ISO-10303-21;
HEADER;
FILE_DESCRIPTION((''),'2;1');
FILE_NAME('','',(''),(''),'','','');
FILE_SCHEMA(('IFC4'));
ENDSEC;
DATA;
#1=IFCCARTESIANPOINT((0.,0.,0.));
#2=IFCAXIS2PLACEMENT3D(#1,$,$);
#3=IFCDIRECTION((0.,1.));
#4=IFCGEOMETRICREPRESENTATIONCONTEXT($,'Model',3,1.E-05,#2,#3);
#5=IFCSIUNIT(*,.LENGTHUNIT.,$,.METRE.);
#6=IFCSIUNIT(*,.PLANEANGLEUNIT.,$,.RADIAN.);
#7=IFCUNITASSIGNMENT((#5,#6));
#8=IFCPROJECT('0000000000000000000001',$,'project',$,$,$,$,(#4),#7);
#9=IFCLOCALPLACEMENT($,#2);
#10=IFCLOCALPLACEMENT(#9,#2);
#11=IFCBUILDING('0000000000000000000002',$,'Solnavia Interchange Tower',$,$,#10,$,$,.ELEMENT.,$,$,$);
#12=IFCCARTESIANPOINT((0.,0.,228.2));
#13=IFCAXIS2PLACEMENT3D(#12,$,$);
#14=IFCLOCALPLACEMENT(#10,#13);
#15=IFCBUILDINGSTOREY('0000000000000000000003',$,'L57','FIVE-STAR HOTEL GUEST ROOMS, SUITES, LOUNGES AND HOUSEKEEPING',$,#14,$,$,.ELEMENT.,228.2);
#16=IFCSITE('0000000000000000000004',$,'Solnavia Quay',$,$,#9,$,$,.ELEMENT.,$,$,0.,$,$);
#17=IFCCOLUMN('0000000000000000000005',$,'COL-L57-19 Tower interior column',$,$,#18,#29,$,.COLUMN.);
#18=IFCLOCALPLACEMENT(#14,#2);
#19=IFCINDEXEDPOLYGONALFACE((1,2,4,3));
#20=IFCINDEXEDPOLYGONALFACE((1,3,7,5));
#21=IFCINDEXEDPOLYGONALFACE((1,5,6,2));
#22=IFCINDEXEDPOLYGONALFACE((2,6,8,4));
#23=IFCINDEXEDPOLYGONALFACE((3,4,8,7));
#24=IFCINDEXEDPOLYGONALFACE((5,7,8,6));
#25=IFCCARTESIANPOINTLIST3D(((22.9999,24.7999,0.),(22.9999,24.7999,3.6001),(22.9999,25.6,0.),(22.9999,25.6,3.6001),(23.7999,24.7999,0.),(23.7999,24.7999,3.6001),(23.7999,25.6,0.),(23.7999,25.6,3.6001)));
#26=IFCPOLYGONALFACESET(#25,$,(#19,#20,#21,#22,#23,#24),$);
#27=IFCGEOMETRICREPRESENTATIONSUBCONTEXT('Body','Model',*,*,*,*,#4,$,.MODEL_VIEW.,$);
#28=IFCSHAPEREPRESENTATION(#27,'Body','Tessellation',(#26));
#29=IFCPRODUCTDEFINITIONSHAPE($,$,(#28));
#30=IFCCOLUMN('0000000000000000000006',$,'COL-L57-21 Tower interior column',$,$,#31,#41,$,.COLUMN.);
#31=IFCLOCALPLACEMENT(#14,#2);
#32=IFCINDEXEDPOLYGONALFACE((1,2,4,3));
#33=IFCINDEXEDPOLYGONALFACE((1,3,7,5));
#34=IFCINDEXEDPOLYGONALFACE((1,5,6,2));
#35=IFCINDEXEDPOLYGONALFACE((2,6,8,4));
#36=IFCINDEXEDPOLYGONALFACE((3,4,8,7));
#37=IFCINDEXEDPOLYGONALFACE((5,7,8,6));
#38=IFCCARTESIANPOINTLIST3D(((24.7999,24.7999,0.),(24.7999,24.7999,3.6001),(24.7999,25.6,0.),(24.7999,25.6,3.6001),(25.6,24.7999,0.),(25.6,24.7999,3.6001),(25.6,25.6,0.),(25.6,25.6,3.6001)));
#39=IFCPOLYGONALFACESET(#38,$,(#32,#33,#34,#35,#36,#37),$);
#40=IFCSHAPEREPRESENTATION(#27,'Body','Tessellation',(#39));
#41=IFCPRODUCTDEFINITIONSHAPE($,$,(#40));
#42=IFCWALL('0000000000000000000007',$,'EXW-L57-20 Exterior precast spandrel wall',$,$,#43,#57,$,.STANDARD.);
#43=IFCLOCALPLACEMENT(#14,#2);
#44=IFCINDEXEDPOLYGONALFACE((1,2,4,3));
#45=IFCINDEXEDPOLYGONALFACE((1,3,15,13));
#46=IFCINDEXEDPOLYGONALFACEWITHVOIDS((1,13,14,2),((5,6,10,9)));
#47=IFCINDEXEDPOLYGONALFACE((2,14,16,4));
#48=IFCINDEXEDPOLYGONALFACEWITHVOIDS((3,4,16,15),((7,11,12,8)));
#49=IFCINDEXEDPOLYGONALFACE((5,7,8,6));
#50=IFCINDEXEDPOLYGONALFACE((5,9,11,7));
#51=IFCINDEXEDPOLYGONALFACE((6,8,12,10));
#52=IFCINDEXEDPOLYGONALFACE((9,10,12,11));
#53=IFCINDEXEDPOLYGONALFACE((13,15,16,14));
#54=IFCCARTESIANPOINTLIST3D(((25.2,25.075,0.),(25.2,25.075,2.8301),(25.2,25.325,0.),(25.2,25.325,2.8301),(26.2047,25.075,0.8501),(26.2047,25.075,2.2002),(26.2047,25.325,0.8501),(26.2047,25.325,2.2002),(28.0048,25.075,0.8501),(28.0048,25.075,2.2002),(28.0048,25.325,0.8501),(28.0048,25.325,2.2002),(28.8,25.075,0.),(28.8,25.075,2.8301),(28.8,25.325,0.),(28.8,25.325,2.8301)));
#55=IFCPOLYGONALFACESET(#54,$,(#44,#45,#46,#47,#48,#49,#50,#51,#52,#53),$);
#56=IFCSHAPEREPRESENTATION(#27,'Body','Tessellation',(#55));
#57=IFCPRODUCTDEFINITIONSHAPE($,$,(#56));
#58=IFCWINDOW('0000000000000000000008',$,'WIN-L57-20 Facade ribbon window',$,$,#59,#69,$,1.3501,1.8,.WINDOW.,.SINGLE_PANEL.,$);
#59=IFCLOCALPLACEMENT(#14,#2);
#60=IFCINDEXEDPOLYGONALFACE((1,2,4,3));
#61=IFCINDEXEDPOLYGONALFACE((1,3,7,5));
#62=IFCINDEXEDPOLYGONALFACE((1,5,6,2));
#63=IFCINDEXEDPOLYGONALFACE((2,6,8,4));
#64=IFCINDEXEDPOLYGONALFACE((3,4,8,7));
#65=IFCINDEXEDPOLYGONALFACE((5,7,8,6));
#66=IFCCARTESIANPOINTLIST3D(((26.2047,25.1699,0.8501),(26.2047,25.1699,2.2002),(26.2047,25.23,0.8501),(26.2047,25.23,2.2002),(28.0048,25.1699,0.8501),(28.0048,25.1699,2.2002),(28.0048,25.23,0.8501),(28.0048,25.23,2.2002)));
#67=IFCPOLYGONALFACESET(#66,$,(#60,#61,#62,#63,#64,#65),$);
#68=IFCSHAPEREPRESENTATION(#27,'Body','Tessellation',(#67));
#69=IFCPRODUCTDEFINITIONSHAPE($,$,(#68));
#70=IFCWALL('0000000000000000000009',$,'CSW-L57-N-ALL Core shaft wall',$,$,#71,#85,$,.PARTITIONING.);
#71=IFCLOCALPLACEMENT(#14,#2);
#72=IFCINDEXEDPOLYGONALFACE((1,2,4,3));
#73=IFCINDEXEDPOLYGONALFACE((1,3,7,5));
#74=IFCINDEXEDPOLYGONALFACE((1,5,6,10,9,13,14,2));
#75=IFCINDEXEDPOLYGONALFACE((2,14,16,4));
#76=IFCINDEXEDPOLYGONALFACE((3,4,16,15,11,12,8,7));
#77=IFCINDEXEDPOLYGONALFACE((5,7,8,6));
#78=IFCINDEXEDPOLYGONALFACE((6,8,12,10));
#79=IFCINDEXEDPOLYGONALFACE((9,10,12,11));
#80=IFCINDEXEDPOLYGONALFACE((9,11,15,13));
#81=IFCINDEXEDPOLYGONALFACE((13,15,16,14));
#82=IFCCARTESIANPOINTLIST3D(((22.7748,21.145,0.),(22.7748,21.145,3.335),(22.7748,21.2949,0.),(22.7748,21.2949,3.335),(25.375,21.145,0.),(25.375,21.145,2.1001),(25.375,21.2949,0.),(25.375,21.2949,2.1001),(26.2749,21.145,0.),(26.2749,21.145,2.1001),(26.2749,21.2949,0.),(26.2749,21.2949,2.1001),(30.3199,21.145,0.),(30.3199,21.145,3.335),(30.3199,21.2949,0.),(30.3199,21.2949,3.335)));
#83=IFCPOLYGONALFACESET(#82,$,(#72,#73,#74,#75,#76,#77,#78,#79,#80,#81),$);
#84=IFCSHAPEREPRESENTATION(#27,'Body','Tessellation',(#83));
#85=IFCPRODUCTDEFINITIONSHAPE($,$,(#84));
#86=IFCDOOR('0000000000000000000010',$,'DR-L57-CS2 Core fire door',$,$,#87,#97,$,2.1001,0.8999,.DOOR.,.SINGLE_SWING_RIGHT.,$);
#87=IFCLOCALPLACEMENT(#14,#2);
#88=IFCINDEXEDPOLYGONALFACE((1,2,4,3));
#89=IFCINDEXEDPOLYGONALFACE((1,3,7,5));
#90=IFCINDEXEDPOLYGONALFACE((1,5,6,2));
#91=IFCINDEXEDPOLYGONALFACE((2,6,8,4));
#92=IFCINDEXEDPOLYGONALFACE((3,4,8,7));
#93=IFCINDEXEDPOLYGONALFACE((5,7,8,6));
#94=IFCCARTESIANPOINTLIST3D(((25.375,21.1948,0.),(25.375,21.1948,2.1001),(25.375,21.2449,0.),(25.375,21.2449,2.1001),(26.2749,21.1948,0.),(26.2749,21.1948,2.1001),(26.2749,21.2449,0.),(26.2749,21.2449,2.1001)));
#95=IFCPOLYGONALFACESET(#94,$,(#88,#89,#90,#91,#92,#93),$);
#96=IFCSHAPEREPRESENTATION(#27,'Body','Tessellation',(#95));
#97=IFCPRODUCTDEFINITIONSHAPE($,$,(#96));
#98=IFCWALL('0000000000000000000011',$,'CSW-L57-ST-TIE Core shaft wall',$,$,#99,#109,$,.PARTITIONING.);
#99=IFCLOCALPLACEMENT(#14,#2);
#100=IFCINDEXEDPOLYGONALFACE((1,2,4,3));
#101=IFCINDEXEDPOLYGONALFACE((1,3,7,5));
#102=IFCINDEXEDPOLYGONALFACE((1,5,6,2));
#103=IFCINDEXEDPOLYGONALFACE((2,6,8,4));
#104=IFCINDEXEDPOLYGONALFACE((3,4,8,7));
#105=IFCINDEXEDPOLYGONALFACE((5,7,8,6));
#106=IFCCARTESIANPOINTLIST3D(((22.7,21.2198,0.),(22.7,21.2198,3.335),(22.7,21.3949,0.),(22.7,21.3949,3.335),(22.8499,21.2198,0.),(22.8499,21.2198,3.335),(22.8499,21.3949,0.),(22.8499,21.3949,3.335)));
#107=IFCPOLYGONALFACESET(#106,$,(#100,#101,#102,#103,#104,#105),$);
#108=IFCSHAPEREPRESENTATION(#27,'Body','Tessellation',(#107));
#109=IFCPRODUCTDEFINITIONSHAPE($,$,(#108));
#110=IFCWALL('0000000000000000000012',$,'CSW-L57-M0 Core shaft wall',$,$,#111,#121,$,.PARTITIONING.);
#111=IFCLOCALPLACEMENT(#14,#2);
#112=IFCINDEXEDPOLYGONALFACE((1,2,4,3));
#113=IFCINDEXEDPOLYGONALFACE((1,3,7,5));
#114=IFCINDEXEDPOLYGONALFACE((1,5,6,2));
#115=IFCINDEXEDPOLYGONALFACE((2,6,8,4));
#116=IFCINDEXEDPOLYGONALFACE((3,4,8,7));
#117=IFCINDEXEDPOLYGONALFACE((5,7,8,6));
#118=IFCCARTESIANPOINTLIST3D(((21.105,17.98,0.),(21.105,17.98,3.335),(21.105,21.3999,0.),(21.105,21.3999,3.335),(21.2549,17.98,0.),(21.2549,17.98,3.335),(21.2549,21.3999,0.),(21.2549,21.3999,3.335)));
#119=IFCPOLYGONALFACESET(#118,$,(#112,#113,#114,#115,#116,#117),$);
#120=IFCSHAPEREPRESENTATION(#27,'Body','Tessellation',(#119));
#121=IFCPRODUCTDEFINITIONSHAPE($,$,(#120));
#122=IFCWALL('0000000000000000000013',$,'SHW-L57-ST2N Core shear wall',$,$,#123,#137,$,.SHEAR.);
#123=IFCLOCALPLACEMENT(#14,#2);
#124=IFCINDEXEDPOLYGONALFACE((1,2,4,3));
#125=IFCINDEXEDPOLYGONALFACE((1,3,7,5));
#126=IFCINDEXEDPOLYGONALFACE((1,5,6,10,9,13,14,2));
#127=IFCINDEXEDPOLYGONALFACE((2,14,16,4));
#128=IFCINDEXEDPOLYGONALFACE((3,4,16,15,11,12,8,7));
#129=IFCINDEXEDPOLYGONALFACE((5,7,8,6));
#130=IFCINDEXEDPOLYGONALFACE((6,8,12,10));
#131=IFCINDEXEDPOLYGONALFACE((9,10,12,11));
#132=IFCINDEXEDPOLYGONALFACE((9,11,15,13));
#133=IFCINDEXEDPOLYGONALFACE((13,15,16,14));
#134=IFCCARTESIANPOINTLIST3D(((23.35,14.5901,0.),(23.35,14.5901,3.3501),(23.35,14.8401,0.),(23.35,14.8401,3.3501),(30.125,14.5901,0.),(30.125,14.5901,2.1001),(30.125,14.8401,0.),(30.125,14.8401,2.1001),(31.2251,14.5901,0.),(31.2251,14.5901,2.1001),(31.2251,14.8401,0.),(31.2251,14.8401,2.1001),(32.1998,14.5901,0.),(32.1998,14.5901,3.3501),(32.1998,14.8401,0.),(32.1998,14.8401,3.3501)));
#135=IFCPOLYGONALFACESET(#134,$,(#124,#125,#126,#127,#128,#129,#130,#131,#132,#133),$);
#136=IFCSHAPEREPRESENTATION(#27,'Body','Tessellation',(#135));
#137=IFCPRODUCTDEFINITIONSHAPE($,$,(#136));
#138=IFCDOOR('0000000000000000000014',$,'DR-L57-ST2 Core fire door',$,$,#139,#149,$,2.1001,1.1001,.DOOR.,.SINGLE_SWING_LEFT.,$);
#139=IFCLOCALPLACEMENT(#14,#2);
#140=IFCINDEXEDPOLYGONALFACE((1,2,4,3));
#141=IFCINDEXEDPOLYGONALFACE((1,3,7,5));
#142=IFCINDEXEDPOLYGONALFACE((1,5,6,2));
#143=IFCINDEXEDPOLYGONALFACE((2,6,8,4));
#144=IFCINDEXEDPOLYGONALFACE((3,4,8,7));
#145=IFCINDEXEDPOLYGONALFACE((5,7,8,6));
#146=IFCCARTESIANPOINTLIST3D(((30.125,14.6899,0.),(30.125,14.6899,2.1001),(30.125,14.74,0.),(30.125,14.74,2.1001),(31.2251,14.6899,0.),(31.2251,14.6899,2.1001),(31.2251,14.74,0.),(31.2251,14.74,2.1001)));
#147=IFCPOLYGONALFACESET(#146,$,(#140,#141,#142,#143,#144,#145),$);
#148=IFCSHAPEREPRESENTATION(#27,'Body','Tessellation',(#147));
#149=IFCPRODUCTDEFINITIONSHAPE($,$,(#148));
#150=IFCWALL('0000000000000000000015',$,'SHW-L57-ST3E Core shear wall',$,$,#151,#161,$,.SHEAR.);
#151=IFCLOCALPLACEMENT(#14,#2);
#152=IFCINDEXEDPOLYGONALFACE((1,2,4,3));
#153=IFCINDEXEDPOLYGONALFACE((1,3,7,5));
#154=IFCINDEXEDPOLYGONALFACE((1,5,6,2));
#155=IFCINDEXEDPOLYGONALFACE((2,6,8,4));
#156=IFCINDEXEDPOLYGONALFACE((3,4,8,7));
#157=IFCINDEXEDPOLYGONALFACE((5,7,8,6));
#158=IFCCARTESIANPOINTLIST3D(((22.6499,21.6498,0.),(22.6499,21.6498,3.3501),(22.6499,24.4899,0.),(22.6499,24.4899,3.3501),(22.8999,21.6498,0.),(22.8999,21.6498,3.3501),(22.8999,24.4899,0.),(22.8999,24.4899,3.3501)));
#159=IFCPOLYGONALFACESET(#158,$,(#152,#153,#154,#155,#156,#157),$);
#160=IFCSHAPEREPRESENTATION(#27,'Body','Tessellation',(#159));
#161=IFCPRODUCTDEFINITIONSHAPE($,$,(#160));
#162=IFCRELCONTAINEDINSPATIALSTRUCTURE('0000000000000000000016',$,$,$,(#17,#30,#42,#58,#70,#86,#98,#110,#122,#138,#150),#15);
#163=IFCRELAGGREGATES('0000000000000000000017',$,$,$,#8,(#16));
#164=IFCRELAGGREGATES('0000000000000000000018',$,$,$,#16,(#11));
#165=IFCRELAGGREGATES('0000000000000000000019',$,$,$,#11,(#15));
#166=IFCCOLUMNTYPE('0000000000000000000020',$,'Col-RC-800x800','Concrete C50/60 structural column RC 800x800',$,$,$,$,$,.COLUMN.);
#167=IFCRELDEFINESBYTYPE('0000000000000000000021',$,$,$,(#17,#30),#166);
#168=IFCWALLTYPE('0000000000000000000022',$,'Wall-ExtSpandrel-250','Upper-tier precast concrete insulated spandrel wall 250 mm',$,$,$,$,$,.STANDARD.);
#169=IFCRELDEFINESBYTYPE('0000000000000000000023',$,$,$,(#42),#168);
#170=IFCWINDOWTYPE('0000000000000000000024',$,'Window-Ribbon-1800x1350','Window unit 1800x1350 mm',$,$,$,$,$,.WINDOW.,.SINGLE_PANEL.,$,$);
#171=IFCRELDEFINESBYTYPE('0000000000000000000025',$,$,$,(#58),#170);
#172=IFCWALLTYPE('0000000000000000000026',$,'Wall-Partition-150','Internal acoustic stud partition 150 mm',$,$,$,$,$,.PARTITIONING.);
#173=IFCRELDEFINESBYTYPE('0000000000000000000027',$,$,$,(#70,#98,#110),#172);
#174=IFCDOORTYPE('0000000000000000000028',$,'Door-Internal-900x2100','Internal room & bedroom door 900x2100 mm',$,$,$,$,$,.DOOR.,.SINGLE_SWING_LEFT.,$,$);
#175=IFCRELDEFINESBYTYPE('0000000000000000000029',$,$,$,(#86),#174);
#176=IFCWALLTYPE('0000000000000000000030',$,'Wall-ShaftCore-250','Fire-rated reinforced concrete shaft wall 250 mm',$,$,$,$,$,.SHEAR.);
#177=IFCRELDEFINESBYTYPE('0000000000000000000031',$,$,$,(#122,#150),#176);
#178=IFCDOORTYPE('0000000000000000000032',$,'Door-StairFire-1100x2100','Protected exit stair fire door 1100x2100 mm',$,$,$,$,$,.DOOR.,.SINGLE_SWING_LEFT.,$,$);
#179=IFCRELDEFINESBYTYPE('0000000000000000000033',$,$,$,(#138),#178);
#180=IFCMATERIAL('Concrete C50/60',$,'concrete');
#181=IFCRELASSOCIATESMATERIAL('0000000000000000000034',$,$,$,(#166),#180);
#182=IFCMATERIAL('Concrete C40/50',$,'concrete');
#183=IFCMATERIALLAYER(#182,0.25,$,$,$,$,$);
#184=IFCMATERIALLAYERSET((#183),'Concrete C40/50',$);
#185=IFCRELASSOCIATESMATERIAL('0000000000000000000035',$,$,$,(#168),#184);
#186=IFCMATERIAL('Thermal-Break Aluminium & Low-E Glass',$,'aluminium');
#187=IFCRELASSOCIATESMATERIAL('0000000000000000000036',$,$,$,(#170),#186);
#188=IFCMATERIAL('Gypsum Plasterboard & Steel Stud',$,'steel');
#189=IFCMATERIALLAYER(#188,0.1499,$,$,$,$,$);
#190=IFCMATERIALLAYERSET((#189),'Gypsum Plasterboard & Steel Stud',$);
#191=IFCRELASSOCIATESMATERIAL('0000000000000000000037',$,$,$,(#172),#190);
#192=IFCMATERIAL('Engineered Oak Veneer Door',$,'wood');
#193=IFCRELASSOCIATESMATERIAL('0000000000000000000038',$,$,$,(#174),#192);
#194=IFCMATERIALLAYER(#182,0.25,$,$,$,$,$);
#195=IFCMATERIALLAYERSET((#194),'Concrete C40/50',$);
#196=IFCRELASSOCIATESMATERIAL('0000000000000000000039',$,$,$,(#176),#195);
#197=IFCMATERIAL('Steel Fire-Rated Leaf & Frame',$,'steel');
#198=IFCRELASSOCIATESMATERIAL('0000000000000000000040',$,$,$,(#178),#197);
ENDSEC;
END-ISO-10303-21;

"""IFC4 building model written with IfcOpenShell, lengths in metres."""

from ifc_helpers import new_model, si_unit, direction, frame, frame_2d, origin, origin_2d, place, context, subcontext, project, spatial, rectangle, extrude, material, layer, layer_set, material_profile, profile_set, type_object, element, fill, save


model = new_model("IFC4")

# Units and contexts
model_context = context("Model", 3, precision=1e-05, world=origin(), true_north=direction((0.0, 1.0)))
body_context = subcontext(model_context, "Body", "Model", "MODEL_VIEW")
ifc_project = project(units=[si_unit("LENGTHUNIT", "METRE"), si_unit("PLANEANGLEUNIT", "RADIAN")], contexts=[model_context])

# Site, building, storey
site_placement = place(None, origin())
site = spatial("IfcSite", under=ifc_project, at=site_placement, Name="Solnavia Quay", CompositionType="ELEMENT", RefElevation=0.0)
building_placement = place(site_placement, origin())
building = spatial("IfcBuilding", under=site, at=building_placement, Name="Solnavia Interchange Tower", CompositionType="ELEMENT")
storey_placement = place(building_placement, frame((0.0, 0.0, 228.2)))
storey = spatial("IfcBuildingStorey", under=building, at=storey_placement, Name="L57", Description="FIVE-STAR HOTEL GUEST ROOMS, SUITES, LOUNGES AND HOUSEKEEPING", CompositionType="ELEMENT", Elevation=228.2)

# Columns
ifc_material_1 = material(Name="Concrete C50/60", Category="concrete")
ifc_material_profile = material_profile(ifc_material_1, rectangle(XDim=0.8, YDim=0.8, at=origin_2d()), Name="RC 800x800")
ifc_profile_set = profile_set([ifc_material_profile], Name="Concrete C50/60")
column_type = type_object("IfcColumnType", Name="Col-RC-800x800", Description="Concrete C50/60 structural column RC 800x800", PredefinedType="COLUMN", material=ifc_profile_set)
for number, where, z_axis, x_axis, name in (
    (1, (23.3999, 25.2, 0.0), (0.0, 0.0, 1.0), (1.0, 0.0, 0.0), "COL-L57-19 Tower interior column"),
    (2, (25.2, 25.2, 0.0), (0.0, 0.0, 1.0), (1.0, 0.0, 0.0), "COL-L57-21 Tower interior column"),
):
    element("IfcColumn", number, at=place(storey_placement, frame(where, z_axis=z_axis, x_axis=x_axis)), inside=storey, type_object=column_type, Name=name, PredefinedType="COLUMN", context=body_context, shape_type="SweptSolid", body=[
        extrude(rectangle(XDim=0.8, YDim=0.8, at=origin_2d()), origin(), (0.0, 0.0, 1.0), 3.6001),
    ])

# Wall, opening, window
ifc_material_2 = material(Name="Concrete C40/50", Category="concrete")
ifc_layer_1 = layer(ifc_material_2, 0.25)
ifc_layer_set_1 = layer_set([ifc_layer_1], Name="Concrete C40/50")
wall_type_1 = type_object("IfcWallType", Name="Wall-ExtSpandrel-250", Description="Upper-tier precast concrete insulated spandrel wall 250 mm", PredefinedType="STANDARD", material=ifc_layer_set_1)
wall_1_placement = place(storey_placement, frame((25.2, 25.2, 0.0), z_axis=(0.0, 0.0, 1.0), x_axis=(1.0, 0.0, 0.0)))
wall_1 = element("IfcWall", 3, at=wall_1_placement, inside=storey, type_object=wall_type_1, Name="EXW-L57-20 Exterior precast spandrel wall", PredefinedType="STANDARD", context=body_context, shape_type="SweptSolid", body=[
    extrude(rectangle(XDim=3.6001, YDim=0.25, at=frame_2d((1.8, 0.0))), origin(), (0.0, 0.0, 1.0), 2.8301),
])
opening_1_placement = place(wall_1_placement, frame((1.0049, 0.0, 0.8501)))
opening_1 = element("IfcOpeningElement", 4, at=opening_1_placement, cuts=wall_1, PredefinedType="OPENING", context=body_context, shape_type="SweptSolid", body=[
    extrude(rectangle(XDim=1.8, YDim=1.3501, at=frame_2d((0.8999, 0.675))), frame((0.0, 0.135, 0.0), z_axis=(0.0, -1.0, 0.0), x_axis=(1.0, 0.0, 0.0)), (0.0, 0.0, 1.0), 0.27),
])
ifc_material_3 = material(Name="Thermal-Break Aluminium & Low-E Glass", Category="aluminium")
window_type = type_object("IfcWindowType", Name="Window-Ribbon-1800x1350", Description="Window unit 1800x1350 mm", PartitioningType="SINGLE_PANEL", PredefinedType="WINDOW", material=ifc_material_3)
window_placement = place(opening_1_placement, origin())
window = element("IfcWindow", 5, at=window_placement, inside=storey, type_object=window_type, Name="WIN-L57-20 Facade ribbon window", OverallHeight=1.3501, OverallWidth=1.8, PartitioningType="SINGLE_PANEL", PredefinedType="WINDOW", context=body_context, shape_type="SweptSolid", body=[
    extrude(rectangle(XDim=1.8, YDim=1.3501, at=frame_2d((0.8999, 0.675))), frame((0.0, 0.03, 0.0), z_axis=(0.0, -1.0, 0.0), x_axis=(1.0, 0.0, 0.0)), (0.0, 0.0, 1.0), 0.0601),
])
fill(opening_1, window)

# Wall, opening, door
ifc_material_4 = material(Name="Gypsum Plasterboard & Steel Stud", Category="steel")
ifc_layer_2 = layer(ifc_material_4, 0.1499)
ifc_layer_set_2 = layer_set([ifc_layer_2], Name="Gypsum Plasterboard & Steel Stud")
wall_type_2 = type_object("IfcWallType", Name="Wall-Partition-150", Description="Internal acoustic stud partition 150 mm", PredefinedType="PARTITIONING", material=ifc_layer_set_2)
wall_2_placement = place(storey_placement, frame((22.7749, 21.22, 0.0), z_axis=(0.0, 0.0, 1.0), x_axis=(1.0, 0.0, 0.0)))
wall_2 = element("IfcWall", 6, at=wall_2_placement, inside=storey, type_object=wall_type_2, Name="CSW-L57-N-ALL Core shaft wall", PredefinedType="PARTITIONING", context=body_context, shape_type="SweptSolid", body=[
    extrude(rectangle(XDim=7.5452, YDim=0.1499, at=frame_2d((3.7725, 0.0))), origin(), (0.0, 0.0, 1.0), 3.335),
])
opening_2_placement = place(wall_2_placement, frame((2.6001, 0.0, 0.0)))
opening_2 = element("IfcOpeningElement", 7, at=opening_2_placement, cuts=wall_2, PredefinedType="OPENING", context=body_context, shape_type="SweptSolid", body=[
    extrude(rectangle(XDim=0.8999, YDim=2.1001, at=frame_2d((0.45, 1.05))), frame((0.0, 0.085, 0.0), z_axis=(0.0, -1.0, 0.0), x_axis=(1.0, 0.0, 0.0)), (0.0, 0.0, 1.0), 0.1699),
])
ifc_material_5 = material(Name="Engineered Oak Veneer Door", Category="wood")
door_type_1 = type_object("IfcDoorType", Name="Door-Internal-900x2100", Description="Internal room & bedroom door 900x2100 mm", OperationType="SINGLE_SWING_LEFT", PredefinedType="DOOR", material=ifc_material_5)
door_1_placement = place(opening_2_placement, origin())
door_1 = element("IfcDoor", 8, at=door_1_placement, inside=storey, type_object=door_type_1, Name="DR-L57-CS2 Core fire door", OperationType="SINGLE_SWING_RIGHT", OverallHeight=2.1001, OverallWidth=0.8999, PredefinedType="DOOR", context=body_context, shape_type="SweptSolid", body=[
    extrude(rectangle(XDim=0.8999, YDim=2.1001, at=frame_2d((0.45, 1.05))), frame((0.0, 0.0249, 0.0), z_axis=(0.0, -1.0, 0.0), x_axis=(1.0, 0.0, 0.0)), (0.0, 0.0, 1.0), 0.05),
])
fill(opening_2, door_1)

# Walls
wall_3_placement = place(storey_placement, frame((22.7749, 21.22, 0.0), z_axis=(0.0, 0.0, 1.0), x_axis=(0.0, 1.0, 0.0)))
element("IfcWall", 9, at=wall_3_placement, inside=storey, type_object=wall_type_2, Name="CSW-L57-ST-TIE Core shaft wall", PredefinedType="PARTITIONING", context=body_context, shape_type="SweptSolid", body=[
    extrude(rectangle(XDim=0.175, YDim=0.1499, at=frame_2d((0.0874, 0.0))), origin(), (0.0, 0.0, 1.0), 3.335),
])
wall_4_placement = place(storey_placement, frame((21.1799, 17.98, 0.0), z_axis=(0.0, 0.0, 1.0), x_axis=(0.0, 1.0, 0.0)))
element("IfcWall", 10, at=wall_4_placement, inside=storey, type_object=wall_type_2, Name="CSW-L57-M0 Core shaft wall", PredefinedType="PARTITIONING", context=body_context, shape_type="SweptSolid", body=[
    extrude(rectangle(XDim=3.4199, YDim=0.1499, at=frame_2d((1.71, 0.0))), origin(), (0.0, 0.0, 1.0), 3.335),
])

# Wall, opening, door
ifc_layer_3 = layer(ifc_material_2, 0.25)
ifc_layer_set_3 = layer_set([ifc_layer_3], Name="Concrete C40/50")
wall_type_3 = type_object("IfcWallType", Name="Wall-ShaftCore-250", Description="Fire-rated reinforced concrete shaft wall 250 mm", PredefinedType="SHEAR", material=ifc_layer_set_3)
wall_5_placement = place(storey_placement, frame((23.3501, 14.7151, 0.0), z_axis=(0.0, 0.0, 1.0), x_axis=(1.0, 0.0, 0.0)))
wall_5 = element("IfcWall", 11, at=wall_5_placement, inside=storey, type_object=wall_type_3, Name="SHW-L57-ST2N Core shear wall", PredefinedType="SHEAR", context=body_context, shape_type="SweptSolid", body=[
    extrude(rectangle(XDim=8.8499, YDim=0.25, at=frame_2d((4.4248, 0.0))), origin(), (0.0, 0.0, 1.0), 3.3501),
])
opening_3_placement = place(wall_5_placement, frame((6.7749, 0.0, 0.0)))
opening_3 = element("IfcOpeningElement", 12, at=opening_3_placement, cuts=wall_5, PredefinedType="OPENING", context=body_context, shape_type="SweptSolid", body=[
    extrude(rectangle(XDim=1.1001, YDim=2.1001, at=frame_2d((0.55, 1.05))), frame((0.0, 0.135, 0.0), z_axis=(0.0, -1.0, 0.0), x_axis=(1.0, 0.0, 0.0)), (0.0, 0.0, 1.0), 0.27),
])
ifc_material_6 = material(Name="Steel Fire-Rated Leaf & Frame", Category="steel")
door_type_2 = type_object("IfcDoorType", Name="Door-StairFire-1100x2100", Description="Protected exit stair fire door 1100x2100 mm", OperationType="SINGLE_SWING_LEFT", PredefinedType="DOOR", material=ifc_material_6)
door_2_placement = place(opening_3_placement, origin())
door_2 = element("IfcDoor", 13, at=door_2_placement, inside=storey, type_object=door_type_2, Name="DR-L57-ST2 Core fire door", OperationType="SINGLE_SWING_LEFT", OverallHeight=2.1001, OverallWidth=1.1001, PredefinedType="DOOR", context=body_context, shape_type="SweptSolid", body=[
    extrude(rectangle(XDim=1.1001, YDim=2.1001, at=frame_2d((0.55, 1.05))), frame((0.0, 0.0249, 0.0), z_axis=(0.0, -1.0, 0.0), x_axis=(1.0, 0.0, 0.0)), (0.0, 0.0, 1.0), 0.05),
])
fill(opening_3, door_2)

# Wall
wall_6_placement = place(storey_placement, frame((22.7749, 21.6499, 0.0), z_axis=(0.0, 0.0, 1.0), x_axis=(0.0, 1.0, 0.0)))
element("IfcWall", 14, at=wall_6_placement, inside=storey, type_object=wall_type_3, Name="SHW-L57-ST3E Core shear wall", PredefinedType="SHEAR", context=body_context, shape_type="SweptSolid", body=[
    extrude(rectangle(XDim=2.8401, YDim=0.25, at=frame_2d((1.4199, 0.0))), origin(), (0.0, 0.0, 1.0), 3.3501),
])

save(model, "model.ifc")
